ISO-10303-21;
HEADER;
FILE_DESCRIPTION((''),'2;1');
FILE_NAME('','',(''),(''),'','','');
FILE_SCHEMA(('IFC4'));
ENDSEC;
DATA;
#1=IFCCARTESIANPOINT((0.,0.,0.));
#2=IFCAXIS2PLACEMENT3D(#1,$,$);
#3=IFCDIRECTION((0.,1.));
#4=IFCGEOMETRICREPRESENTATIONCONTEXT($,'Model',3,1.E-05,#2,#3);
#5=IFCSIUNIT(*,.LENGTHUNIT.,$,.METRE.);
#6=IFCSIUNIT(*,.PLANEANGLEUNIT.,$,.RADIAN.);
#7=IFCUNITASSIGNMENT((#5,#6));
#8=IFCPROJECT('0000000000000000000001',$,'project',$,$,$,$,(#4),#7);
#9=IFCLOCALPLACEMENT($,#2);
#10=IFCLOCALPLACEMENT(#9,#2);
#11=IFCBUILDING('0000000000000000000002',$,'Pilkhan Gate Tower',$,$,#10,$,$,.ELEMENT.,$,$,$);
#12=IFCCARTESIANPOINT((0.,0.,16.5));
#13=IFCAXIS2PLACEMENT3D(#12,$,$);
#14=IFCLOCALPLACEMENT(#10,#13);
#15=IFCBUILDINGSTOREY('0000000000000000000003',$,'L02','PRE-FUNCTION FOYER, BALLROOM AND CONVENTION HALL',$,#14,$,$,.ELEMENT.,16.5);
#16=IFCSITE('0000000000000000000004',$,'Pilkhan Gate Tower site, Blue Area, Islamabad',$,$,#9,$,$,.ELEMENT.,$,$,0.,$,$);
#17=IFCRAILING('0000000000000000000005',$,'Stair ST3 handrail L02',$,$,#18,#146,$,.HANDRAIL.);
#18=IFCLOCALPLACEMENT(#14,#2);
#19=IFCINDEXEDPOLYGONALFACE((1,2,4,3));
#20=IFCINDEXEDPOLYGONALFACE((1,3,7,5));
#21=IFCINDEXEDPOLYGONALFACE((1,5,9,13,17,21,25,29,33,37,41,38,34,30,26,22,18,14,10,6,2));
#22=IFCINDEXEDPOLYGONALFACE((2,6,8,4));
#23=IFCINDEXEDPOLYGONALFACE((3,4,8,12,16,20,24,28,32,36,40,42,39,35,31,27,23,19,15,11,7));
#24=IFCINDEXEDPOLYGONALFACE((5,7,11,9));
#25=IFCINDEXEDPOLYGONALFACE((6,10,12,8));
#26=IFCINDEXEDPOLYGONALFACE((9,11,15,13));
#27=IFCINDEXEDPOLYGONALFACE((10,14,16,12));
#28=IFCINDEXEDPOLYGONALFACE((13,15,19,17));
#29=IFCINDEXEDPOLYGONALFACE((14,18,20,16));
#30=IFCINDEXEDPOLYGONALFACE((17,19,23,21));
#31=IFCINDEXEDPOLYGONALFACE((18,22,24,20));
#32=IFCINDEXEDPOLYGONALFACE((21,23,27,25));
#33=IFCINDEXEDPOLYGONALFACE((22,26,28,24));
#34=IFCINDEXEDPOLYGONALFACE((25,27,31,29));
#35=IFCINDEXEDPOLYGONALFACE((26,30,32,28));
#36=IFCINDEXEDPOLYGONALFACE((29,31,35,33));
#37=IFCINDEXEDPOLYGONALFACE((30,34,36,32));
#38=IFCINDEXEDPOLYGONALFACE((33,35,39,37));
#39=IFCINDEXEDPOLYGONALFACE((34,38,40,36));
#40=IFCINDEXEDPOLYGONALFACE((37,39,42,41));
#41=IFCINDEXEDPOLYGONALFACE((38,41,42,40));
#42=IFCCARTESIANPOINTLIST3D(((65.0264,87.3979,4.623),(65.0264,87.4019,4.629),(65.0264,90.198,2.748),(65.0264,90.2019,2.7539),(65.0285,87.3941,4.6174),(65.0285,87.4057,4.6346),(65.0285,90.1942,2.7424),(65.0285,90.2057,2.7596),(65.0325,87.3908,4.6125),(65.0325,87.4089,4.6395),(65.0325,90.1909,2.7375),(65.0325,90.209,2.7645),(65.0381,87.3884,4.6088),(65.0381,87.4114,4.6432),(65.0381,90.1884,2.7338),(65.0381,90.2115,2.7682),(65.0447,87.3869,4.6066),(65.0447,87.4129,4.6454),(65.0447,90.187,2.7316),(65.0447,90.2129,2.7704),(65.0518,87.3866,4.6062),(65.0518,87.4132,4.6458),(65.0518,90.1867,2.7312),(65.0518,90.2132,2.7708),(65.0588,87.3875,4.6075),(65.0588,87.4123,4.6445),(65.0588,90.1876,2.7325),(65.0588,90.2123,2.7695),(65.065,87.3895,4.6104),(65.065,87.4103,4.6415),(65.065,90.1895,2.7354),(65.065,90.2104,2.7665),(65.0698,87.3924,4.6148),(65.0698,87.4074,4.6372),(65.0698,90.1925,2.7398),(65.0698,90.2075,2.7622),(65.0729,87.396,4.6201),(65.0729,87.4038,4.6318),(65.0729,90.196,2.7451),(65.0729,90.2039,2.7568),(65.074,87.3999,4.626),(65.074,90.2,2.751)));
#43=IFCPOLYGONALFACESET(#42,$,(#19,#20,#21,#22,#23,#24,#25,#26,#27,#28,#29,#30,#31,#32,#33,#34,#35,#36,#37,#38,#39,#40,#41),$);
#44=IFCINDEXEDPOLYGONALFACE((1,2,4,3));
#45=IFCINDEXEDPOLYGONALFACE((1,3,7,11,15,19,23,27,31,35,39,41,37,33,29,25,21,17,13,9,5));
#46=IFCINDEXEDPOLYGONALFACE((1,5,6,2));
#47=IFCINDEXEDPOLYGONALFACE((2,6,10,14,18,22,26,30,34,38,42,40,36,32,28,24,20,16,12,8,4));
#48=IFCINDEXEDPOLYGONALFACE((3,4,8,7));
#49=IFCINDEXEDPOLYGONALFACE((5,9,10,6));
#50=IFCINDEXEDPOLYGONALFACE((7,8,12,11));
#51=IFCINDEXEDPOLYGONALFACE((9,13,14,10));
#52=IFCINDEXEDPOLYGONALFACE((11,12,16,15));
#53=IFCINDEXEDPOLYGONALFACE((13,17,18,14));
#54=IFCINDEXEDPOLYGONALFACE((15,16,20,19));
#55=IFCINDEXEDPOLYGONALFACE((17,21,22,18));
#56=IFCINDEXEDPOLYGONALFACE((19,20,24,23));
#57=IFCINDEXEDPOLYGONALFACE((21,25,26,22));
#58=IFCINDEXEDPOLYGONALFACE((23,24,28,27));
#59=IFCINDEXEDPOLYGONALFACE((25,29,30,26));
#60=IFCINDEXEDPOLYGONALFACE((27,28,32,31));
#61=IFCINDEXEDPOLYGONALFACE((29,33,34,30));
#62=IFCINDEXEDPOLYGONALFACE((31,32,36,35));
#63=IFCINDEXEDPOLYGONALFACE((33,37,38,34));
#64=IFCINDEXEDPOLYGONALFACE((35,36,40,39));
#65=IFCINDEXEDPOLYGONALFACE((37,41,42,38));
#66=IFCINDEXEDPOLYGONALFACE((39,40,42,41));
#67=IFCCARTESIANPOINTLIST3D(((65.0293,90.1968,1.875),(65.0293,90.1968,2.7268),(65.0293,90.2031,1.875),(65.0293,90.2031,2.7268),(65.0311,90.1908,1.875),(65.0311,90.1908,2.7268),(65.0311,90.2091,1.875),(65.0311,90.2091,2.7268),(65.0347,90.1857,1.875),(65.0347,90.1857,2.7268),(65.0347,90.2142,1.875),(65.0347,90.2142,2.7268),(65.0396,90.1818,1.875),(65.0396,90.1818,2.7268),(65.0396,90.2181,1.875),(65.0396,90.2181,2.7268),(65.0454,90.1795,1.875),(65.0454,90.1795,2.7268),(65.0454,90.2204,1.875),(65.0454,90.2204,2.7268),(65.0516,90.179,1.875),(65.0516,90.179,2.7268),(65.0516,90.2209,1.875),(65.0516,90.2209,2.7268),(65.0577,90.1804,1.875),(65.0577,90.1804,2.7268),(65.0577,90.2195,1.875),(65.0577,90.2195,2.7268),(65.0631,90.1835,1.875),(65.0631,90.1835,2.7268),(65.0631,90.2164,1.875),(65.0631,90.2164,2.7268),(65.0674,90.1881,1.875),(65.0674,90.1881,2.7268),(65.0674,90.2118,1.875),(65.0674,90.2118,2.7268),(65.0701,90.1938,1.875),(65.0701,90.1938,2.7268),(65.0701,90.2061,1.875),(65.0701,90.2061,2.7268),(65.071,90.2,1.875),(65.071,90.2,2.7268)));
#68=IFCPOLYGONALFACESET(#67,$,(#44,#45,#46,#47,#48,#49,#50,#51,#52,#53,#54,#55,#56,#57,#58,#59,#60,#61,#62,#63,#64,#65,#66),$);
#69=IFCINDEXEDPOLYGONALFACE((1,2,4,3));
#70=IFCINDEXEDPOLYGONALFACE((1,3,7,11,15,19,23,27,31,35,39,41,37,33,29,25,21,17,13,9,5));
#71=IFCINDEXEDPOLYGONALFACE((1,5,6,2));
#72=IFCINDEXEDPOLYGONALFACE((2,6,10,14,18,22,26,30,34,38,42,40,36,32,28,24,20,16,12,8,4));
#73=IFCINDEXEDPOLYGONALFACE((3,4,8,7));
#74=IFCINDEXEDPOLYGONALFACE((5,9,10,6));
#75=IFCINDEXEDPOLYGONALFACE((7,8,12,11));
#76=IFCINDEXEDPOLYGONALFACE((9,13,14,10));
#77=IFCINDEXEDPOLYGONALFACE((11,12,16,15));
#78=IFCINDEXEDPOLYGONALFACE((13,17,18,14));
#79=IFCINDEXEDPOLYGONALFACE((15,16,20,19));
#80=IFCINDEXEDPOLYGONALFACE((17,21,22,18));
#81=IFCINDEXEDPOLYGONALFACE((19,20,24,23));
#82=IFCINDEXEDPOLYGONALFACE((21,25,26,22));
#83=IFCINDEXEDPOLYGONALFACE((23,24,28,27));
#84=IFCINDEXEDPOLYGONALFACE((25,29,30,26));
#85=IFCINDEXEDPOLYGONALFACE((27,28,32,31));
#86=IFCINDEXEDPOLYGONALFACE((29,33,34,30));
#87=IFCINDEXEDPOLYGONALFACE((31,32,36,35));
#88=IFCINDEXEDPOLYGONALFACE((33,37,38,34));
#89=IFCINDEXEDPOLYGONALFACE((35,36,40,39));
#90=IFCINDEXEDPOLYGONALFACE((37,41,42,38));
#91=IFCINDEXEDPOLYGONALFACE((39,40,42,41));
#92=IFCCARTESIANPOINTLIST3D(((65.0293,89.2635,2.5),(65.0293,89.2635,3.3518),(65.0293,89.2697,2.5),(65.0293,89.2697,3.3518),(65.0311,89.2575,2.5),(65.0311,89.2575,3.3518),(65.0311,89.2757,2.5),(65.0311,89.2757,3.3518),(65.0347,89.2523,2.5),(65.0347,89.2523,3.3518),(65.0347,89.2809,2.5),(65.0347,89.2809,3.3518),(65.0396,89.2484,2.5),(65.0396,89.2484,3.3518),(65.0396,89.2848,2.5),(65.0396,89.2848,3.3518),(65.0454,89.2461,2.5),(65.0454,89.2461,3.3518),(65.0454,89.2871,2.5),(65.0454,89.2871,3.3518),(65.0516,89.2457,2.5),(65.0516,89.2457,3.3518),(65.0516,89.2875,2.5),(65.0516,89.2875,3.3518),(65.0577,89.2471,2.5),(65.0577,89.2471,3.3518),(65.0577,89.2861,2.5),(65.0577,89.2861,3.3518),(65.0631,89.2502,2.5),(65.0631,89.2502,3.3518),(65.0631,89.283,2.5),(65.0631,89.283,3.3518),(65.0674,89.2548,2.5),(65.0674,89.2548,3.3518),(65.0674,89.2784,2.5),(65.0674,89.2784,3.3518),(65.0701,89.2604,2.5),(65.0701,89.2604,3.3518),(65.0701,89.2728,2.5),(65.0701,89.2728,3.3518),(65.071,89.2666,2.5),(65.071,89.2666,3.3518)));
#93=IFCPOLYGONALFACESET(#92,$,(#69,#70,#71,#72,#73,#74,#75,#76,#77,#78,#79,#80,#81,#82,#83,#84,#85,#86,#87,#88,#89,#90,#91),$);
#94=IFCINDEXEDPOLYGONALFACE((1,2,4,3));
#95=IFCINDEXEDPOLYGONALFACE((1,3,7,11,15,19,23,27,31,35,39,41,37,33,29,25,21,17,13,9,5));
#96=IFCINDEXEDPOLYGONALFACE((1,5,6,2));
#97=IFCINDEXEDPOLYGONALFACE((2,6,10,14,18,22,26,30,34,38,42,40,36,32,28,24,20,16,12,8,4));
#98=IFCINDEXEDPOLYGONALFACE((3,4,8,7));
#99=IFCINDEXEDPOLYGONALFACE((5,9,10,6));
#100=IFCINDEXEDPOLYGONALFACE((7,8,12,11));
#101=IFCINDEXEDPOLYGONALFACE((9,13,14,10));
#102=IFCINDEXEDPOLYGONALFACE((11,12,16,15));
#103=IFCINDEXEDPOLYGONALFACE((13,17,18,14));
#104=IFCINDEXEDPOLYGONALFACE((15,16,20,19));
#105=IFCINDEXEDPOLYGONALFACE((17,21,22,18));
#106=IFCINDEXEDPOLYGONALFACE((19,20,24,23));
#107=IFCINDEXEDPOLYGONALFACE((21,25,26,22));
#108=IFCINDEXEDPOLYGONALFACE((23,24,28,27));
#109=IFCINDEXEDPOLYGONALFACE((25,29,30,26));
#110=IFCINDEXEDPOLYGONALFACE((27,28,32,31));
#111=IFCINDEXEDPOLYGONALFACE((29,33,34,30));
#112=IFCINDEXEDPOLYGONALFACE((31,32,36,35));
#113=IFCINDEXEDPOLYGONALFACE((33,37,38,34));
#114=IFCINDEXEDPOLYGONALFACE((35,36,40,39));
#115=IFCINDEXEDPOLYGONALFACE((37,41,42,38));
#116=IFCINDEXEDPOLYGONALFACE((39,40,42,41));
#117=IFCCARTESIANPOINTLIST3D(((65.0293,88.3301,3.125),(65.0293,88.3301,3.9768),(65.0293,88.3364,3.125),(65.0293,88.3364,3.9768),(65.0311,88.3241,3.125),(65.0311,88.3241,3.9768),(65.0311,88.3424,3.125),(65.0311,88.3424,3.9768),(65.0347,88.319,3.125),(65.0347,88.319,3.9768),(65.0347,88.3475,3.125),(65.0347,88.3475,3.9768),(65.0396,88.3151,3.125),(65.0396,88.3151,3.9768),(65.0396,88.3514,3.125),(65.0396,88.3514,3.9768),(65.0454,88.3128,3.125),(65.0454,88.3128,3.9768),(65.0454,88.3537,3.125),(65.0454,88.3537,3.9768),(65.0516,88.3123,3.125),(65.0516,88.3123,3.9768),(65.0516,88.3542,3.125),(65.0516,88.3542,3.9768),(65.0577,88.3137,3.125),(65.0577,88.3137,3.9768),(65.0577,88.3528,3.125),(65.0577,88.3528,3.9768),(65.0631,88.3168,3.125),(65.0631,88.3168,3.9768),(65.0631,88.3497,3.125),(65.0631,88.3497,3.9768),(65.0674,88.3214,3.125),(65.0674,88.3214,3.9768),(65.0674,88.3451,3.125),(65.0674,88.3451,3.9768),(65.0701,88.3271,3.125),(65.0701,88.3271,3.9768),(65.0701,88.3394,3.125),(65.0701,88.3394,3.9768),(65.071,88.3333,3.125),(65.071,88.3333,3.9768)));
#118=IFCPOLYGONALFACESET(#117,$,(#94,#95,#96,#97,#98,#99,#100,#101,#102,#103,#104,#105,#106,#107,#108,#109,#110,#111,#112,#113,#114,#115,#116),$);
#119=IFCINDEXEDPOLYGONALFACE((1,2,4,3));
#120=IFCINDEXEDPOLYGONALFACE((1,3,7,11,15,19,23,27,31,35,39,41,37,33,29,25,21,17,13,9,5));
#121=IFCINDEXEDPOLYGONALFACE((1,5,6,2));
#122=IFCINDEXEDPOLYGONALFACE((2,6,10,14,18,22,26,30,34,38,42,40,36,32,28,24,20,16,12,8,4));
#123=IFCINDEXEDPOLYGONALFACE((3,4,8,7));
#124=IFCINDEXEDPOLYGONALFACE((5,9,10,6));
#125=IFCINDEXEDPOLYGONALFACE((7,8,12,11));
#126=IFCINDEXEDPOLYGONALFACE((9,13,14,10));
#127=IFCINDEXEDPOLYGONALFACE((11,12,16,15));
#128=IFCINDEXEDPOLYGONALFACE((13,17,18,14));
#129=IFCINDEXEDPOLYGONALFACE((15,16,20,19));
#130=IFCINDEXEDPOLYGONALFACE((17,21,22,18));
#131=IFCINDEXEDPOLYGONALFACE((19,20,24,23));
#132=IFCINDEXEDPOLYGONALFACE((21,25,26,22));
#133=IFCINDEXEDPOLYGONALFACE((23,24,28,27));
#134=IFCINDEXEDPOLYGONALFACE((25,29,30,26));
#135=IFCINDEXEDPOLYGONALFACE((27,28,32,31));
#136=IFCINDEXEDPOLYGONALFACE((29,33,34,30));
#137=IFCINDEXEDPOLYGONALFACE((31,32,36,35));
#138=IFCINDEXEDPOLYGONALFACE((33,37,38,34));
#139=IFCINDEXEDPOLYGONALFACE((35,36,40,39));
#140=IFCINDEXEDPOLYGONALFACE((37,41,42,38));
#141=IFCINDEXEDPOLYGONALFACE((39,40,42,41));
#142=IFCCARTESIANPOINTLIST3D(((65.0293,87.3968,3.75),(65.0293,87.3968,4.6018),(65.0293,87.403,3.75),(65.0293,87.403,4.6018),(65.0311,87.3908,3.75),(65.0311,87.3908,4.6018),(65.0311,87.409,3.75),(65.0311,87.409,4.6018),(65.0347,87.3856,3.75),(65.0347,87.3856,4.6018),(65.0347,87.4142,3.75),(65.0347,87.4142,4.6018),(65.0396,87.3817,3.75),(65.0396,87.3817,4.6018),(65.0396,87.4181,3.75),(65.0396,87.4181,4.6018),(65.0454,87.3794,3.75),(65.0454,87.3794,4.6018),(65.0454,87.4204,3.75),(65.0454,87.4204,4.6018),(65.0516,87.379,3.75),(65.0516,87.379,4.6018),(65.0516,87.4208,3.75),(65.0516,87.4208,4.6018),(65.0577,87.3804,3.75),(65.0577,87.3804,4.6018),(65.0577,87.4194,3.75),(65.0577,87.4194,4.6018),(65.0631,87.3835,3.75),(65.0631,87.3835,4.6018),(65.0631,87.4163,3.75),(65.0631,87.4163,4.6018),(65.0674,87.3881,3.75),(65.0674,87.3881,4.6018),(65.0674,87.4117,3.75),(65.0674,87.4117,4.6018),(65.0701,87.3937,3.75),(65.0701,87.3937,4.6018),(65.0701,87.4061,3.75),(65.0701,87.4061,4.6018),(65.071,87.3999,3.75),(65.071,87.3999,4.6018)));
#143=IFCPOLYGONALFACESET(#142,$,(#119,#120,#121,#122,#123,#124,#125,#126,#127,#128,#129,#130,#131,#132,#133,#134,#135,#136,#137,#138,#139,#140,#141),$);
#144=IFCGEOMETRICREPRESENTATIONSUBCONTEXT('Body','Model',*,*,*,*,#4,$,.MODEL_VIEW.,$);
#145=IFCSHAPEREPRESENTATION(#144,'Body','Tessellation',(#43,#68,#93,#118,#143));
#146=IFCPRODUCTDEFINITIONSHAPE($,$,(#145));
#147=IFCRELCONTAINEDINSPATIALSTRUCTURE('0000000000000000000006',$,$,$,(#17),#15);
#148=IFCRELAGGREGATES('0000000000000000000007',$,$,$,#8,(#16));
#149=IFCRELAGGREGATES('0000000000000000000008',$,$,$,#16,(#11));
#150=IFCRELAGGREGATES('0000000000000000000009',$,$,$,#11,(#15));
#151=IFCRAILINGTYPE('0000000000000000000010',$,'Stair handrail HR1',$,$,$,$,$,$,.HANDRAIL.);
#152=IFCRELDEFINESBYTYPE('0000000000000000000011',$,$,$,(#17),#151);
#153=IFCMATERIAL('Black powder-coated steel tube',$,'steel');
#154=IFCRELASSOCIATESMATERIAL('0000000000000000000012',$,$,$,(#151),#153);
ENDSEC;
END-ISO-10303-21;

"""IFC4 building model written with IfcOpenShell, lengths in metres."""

from ifc_helpers import new_model, si_unit, direction, frame, origin, origin_2d, place, context, subcontext, project, spatial, circle, extrude, material, type_object, element, save


model = new_model("IFC4")

# Units and contexts
model_context = context("Model", 3, precision=1e-05, world=origin(), true_north=direction((0.0, 1.0)))
body_context = subcontext(model_context, "Body", "Model", "MODEL_VIEW")
ifc_project = project(units=[si_unit("LENGTHUNIT", "METRE"), si_unit("PLANEANGLEUNIT", "RADIAN")], contexts=[model_context])

# Site, building, storey
site_placement = place(None, origin())
site = spatial("IfcSite", under=ifc_project, at=site_placement, Name="Pilkhan Gate Tower site, Blue Area, Islamabad", CompositionType="ELEMENT", RefElevation=0.0)
building_placement = place(site_placement, origin())
building = spatial("IfcBuilding", under=site, at=building_placement, Name="Pilkhan Gate Tower", CompositionType="ELEMENT")
storey_placement = place(building_placement, frame((0.0, 0.0, 16.5)))
storey = spatial("IfcBuildingStorey", under=building, at=storey_placement, Name="L02", Description="PRE-FUNCTION FOYER, BALLROOM AND CONVENTION HALL", CompositionType="ELEMENT", Elevation=16.5)

# Railing
ifc_material_1 = material(Name="Black powder-coated steel tube", Category="steel")
railing_type_1 = type_object("IfcRailingType", Name="Stair handrail HR1", PredefinedType="HANDRAIL", material=ifc_material_1)
for number, where, name in (
    (1, (65.05, 90.2, 1.875), "Stair ST3 handrail L02"),
):
    element("IfcRailing", number, at=place(storey_placement, frame(where)), inside=storey, type_object=railing_type_1, Name=name, PredefinedType="HANDRAIL", context=body_context, shape_type="SweptSolid", body=[
        extrude(circle(Radius=0.0239, at=origin_2d()), frame((0.0, 0.0, 0.876), z_axis=(0.0, -0.830912, 0.556404), x_axis=(1.0, 0.0, 0.0)), (0.0, 0.0, 1.0), 3.3699),
        extrude(circle(Radius=0.021, at=origin_2d()), origin(), (0.0, 0.0, 1.0), 0.8518),
        extrude(circle(Radius=0.021, at=origin_2d()), frame((0.0, -0.9333, 0.625)), (0.0, 0.0, 1.0), 0.8518),
        extrude(circle(Radius=0.021, at=origin_2d()), frame((0.0, -1.8667, 1.25)), (0.0, 0.0, 1.0), 0.8518),
        extrude(circle(Radius=0.021, at=origin_2d()), frame((0.0, -2.8, 1.875)), (0.0, 0.0, 1.0), 0.8518),
    ])

save(model, "model.ifc")
